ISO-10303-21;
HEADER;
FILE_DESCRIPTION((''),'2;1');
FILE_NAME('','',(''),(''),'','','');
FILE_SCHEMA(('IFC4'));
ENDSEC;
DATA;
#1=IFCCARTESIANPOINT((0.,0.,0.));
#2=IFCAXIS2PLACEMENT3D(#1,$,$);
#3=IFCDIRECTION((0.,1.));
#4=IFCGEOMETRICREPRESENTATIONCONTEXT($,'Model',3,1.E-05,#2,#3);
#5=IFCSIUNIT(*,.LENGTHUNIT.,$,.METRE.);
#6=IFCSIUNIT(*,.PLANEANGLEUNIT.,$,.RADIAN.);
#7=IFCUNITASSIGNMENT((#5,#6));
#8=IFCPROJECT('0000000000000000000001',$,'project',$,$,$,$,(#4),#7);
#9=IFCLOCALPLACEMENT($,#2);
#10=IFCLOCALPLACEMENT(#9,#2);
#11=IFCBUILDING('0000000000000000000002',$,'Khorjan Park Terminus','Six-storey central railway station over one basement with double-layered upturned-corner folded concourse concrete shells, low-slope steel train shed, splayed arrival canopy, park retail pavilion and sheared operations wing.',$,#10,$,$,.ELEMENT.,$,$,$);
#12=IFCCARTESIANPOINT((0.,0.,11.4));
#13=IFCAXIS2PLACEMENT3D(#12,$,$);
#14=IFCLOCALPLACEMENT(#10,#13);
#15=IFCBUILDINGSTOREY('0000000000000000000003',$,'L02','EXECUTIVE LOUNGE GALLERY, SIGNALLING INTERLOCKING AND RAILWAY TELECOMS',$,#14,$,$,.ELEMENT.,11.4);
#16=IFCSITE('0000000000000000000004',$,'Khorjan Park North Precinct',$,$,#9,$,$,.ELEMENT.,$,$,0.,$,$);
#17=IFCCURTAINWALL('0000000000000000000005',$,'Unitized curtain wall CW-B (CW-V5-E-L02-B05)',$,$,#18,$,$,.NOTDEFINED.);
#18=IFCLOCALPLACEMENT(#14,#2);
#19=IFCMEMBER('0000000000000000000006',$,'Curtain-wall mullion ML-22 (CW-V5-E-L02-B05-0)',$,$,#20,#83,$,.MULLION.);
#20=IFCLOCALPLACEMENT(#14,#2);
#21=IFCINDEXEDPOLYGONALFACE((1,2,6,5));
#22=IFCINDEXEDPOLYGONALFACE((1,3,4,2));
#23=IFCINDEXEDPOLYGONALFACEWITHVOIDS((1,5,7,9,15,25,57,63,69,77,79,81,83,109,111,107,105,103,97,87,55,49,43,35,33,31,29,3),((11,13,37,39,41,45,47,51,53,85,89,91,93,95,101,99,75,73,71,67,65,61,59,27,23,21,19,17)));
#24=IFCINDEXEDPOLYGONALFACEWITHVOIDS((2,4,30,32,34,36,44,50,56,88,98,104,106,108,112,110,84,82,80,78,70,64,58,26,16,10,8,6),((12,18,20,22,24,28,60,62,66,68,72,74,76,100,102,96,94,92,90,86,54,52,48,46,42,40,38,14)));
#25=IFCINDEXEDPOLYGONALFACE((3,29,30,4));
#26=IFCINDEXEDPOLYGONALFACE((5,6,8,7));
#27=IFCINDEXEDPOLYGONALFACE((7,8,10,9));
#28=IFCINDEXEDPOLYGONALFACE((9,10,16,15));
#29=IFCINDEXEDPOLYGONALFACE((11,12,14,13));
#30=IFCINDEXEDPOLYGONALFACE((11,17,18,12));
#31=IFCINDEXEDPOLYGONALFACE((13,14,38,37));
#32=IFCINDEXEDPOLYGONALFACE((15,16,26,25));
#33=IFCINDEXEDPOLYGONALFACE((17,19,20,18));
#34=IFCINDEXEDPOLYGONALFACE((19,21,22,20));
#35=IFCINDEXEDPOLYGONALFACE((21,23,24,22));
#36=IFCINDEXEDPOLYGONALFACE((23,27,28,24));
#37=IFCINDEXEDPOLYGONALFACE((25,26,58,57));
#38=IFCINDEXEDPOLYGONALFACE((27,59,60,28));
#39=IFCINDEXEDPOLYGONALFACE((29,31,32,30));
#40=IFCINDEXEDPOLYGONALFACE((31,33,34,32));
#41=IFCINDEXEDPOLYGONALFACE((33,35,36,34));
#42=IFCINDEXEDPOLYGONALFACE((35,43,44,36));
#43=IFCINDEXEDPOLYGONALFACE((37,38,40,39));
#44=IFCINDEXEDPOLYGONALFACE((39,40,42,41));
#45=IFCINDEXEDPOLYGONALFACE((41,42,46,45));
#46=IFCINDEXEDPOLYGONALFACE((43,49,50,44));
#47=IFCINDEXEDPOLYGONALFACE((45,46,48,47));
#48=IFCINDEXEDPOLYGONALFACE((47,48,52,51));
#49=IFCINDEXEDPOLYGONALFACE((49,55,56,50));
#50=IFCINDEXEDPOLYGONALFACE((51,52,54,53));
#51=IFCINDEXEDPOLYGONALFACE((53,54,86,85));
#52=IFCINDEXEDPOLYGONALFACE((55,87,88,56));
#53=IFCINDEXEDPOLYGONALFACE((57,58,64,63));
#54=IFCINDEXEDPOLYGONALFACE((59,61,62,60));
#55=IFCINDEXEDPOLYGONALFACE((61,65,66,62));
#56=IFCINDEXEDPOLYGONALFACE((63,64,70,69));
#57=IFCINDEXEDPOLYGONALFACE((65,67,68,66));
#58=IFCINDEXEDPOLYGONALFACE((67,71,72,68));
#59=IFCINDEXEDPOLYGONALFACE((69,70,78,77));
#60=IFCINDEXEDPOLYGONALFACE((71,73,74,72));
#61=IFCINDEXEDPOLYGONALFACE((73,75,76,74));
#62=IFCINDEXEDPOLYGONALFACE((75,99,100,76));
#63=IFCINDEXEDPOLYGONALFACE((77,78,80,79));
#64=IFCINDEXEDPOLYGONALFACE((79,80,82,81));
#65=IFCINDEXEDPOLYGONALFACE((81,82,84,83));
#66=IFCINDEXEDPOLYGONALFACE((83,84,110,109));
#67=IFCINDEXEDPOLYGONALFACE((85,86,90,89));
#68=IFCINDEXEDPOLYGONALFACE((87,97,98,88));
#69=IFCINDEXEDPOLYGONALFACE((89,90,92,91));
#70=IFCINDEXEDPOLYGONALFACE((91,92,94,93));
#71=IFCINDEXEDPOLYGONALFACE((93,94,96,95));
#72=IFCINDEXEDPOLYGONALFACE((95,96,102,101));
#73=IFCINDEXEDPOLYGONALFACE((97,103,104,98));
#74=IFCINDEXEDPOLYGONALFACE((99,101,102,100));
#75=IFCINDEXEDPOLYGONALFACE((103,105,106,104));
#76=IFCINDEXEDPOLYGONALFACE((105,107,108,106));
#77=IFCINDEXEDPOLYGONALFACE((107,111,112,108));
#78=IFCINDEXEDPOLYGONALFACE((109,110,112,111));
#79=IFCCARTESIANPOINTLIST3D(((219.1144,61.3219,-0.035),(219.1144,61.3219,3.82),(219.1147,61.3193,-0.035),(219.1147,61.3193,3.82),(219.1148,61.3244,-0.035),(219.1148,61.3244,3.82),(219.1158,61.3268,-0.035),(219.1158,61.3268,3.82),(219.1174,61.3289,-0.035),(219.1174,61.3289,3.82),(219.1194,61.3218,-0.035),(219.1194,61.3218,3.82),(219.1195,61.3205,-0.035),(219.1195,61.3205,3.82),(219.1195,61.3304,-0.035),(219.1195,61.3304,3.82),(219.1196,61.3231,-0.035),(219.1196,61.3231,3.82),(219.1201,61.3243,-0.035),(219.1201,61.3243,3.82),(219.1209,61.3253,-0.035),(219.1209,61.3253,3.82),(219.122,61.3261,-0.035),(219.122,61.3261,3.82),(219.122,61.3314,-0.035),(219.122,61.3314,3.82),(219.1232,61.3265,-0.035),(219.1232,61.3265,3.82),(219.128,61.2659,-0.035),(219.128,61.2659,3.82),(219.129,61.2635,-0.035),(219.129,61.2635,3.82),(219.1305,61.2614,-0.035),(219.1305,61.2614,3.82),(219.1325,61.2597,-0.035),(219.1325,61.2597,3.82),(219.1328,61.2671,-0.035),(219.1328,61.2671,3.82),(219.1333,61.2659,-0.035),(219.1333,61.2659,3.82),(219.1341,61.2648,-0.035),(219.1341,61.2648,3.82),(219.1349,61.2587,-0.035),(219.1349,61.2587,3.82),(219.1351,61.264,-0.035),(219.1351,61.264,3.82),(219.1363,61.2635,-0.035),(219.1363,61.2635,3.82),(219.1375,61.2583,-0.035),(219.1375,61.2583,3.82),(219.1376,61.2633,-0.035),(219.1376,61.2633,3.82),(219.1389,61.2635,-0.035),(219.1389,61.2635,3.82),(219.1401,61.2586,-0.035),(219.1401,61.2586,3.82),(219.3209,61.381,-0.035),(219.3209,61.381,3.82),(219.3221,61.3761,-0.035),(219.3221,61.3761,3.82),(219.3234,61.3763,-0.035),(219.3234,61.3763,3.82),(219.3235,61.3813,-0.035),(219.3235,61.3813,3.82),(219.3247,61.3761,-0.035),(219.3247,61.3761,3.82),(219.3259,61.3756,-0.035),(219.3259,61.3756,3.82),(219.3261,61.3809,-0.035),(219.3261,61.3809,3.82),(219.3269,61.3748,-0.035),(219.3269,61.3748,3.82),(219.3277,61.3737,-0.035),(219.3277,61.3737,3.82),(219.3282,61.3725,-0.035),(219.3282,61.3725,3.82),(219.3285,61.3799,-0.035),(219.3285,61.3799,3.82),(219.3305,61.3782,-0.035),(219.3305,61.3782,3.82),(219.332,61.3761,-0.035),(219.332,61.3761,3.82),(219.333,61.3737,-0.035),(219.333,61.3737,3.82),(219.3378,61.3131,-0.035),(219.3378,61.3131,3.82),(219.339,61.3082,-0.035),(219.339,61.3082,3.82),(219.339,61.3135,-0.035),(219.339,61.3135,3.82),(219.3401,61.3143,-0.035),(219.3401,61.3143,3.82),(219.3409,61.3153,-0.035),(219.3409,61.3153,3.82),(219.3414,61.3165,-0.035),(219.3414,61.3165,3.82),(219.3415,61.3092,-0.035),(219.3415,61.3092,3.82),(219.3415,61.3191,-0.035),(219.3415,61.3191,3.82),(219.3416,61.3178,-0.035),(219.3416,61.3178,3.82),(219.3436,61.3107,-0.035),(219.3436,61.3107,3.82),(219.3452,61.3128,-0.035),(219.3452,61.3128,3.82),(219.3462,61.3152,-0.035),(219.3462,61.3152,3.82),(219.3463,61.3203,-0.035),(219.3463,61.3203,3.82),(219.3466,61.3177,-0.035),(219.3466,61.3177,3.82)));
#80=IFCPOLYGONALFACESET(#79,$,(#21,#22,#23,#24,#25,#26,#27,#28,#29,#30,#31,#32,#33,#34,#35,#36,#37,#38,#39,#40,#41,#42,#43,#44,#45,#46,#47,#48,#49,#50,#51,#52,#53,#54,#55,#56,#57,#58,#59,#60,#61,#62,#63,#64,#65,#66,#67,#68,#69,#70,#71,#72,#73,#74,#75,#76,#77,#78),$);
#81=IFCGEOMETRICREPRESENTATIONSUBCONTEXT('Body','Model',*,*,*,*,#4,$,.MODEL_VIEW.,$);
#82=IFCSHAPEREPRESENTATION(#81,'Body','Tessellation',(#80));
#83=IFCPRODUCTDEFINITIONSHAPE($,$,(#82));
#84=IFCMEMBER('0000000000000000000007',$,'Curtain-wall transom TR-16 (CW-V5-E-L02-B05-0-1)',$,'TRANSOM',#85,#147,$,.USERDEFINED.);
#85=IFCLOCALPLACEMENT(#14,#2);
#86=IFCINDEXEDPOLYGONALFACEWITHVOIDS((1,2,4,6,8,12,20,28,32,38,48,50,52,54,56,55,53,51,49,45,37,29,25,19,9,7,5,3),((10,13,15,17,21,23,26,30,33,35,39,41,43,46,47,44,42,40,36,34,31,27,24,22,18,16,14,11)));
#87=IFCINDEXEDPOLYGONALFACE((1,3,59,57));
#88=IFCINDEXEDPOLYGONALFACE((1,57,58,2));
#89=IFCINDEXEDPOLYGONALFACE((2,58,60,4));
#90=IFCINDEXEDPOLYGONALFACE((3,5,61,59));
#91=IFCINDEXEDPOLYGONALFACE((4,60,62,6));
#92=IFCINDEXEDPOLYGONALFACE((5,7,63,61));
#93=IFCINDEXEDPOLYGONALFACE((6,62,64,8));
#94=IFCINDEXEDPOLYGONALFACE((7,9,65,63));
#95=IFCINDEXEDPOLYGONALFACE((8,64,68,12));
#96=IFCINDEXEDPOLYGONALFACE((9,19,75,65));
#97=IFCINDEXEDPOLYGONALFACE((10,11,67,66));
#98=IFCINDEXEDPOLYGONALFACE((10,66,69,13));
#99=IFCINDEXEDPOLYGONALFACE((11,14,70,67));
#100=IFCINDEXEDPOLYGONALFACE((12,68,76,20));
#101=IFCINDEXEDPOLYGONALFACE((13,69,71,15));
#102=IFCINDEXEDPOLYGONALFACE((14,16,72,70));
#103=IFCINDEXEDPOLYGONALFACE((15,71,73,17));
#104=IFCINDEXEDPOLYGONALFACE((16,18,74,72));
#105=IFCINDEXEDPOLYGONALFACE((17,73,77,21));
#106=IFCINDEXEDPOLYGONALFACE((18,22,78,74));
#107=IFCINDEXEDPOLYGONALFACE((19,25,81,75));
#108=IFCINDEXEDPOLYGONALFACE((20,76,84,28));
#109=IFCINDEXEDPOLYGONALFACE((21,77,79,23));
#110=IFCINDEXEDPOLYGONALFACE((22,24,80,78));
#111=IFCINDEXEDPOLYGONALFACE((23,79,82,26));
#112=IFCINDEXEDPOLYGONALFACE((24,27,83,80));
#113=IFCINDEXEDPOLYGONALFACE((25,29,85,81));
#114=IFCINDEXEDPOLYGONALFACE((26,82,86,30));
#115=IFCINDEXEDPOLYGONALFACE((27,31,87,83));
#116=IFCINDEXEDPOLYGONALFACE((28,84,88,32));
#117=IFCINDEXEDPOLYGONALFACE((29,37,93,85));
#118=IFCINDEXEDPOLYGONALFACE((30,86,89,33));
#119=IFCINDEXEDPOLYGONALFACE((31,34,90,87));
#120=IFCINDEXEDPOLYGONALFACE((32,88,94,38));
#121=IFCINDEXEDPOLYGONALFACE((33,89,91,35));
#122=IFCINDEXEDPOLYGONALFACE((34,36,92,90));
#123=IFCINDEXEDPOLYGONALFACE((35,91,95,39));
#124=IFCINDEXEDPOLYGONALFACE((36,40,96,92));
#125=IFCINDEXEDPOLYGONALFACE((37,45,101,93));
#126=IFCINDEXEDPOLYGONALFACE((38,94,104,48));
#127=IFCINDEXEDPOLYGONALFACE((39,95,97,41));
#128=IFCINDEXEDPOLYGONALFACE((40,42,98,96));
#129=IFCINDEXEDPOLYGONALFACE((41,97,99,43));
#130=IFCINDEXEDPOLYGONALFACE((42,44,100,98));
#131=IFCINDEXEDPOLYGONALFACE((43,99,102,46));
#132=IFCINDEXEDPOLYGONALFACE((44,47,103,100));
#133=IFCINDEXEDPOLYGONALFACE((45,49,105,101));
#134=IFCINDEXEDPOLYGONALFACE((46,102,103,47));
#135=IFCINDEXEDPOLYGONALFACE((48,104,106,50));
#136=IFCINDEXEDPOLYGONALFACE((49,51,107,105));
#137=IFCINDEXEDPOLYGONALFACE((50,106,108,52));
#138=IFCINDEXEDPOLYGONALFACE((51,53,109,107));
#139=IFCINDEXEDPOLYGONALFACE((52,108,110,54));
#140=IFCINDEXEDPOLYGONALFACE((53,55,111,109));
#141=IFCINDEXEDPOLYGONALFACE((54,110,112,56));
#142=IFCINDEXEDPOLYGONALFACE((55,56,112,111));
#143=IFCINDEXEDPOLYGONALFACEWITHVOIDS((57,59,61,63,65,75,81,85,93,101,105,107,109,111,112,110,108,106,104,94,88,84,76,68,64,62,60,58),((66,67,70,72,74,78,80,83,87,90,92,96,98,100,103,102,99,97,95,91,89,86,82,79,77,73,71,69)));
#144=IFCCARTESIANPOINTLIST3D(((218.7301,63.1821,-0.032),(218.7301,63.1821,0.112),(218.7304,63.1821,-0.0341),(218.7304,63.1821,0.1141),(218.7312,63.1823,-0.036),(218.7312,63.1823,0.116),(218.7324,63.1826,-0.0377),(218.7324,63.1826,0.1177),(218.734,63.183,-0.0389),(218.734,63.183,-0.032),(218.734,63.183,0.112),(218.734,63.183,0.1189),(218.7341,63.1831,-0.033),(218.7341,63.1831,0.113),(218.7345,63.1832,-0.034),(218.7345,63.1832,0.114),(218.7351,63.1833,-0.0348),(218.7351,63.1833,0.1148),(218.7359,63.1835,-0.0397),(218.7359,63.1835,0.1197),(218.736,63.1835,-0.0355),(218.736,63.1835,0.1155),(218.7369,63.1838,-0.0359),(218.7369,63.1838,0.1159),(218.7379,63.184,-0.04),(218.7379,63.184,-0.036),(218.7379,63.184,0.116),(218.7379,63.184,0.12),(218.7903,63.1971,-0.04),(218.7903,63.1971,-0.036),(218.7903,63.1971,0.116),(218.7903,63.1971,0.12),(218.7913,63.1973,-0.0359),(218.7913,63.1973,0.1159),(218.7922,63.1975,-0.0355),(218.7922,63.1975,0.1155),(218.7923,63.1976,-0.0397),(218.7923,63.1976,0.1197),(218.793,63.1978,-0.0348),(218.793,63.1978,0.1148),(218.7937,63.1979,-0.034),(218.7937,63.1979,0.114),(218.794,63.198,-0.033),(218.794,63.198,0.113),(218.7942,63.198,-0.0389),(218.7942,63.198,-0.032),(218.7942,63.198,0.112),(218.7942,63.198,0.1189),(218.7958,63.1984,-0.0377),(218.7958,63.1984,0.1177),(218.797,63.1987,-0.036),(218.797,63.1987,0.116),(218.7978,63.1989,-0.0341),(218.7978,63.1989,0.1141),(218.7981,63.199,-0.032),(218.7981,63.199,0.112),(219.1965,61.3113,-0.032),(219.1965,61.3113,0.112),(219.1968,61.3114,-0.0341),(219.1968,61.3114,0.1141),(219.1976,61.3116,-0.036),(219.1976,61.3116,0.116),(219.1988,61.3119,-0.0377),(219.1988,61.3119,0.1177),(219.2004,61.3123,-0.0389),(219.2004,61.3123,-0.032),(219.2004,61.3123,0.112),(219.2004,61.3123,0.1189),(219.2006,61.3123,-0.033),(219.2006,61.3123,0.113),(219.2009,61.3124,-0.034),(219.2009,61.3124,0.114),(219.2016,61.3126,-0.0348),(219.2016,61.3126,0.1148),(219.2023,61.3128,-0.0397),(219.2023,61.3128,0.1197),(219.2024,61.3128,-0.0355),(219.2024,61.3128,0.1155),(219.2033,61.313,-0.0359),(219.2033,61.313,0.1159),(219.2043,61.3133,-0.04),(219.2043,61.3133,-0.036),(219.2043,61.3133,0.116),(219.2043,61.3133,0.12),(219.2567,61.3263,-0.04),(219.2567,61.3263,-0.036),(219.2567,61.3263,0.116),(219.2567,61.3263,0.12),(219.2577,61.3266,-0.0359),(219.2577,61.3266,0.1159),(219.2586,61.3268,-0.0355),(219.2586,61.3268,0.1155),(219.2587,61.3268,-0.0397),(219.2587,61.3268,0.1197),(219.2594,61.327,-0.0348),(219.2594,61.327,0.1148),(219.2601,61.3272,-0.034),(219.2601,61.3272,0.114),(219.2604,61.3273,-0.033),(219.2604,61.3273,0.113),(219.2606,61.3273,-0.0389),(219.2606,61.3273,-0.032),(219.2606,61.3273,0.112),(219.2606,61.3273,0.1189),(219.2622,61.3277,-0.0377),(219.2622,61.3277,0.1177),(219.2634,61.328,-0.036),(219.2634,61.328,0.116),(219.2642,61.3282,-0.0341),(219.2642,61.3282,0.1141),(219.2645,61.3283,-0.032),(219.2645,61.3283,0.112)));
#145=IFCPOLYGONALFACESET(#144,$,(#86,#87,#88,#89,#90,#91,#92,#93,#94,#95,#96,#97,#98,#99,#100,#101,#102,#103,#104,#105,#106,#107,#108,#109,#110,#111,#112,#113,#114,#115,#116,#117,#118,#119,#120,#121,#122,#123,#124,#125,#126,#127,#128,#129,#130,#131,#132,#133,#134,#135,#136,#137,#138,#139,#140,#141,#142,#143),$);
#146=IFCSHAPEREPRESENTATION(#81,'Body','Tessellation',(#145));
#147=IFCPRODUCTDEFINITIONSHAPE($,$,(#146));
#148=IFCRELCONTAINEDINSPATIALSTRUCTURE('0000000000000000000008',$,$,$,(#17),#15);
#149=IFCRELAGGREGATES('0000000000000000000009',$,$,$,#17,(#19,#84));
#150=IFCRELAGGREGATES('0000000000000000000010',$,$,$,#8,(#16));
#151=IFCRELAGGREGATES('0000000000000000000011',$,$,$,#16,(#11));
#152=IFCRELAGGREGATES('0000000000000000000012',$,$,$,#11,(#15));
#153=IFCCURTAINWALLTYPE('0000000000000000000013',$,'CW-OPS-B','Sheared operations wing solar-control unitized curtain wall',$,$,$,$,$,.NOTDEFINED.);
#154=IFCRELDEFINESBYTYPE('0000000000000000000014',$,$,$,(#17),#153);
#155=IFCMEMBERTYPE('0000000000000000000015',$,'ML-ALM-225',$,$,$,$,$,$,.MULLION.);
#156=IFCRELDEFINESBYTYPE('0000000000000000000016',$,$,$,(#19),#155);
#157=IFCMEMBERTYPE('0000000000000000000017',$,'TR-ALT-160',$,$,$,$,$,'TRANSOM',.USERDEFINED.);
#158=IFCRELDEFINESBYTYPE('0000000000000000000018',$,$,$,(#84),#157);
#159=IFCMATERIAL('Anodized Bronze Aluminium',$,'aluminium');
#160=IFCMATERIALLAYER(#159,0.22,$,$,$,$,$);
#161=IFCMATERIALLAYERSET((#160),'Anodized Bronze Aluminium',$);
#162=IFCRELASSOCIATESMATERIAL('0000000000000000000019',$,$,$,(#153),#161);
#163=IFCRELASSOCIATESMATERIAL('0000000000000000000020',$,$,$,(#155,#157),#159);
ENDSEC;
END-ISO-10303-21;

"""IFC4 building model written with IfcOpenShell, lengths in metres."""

from ifc_helpers import new_model, si_unit, direction, frame, origin, origin_2d, place, context, subcontext, project, spatial, hollow_rectangle, extrude, material, layer, layer_set, material_profile, profile_set, type_object, element, aggregate, save


model = new_model("IFC4")

# Units and contexts
model_context = context("Model", 3, precision=1e-05, world=origin(), true_north=direction((0.0, 1.0)))
body_context = subcontext(model_context, "Body", "Model", "MODEL_VIEW")
ifc_project = project(units=[si_unit("LENGTHUNIT", "METRE"), si_unit("PLANEANGLEUNIT", "RADIAN")], contexts=[model_context])

# Site, building, storey
site_placement = place(None, origin())
site = spatial("IfcSite", under=ifc_project, at=site_placement, Name="Khorjan Park North Precinct", CompositionType="ELEMENT", RefElevation=0.0)
building_placement = place(site_placement, origin())
building = spatial("IfcBuilding", under=site, at=building_placement, Name="Khorjan Park Terminus", Description="Six-storey central railway station over one basement with double-layered upturned-corner folded concourse concrete shells, low-slope steel train shed, splayed arrival canopy, park retail pavilion and sheared operations wing.", CompositionType="ELEMENT")
storey_placement = place(building_placement, frame((0.0, 0.0, 11.4)))
storey = spatial("IfcBuildingStorey", under=building, at=storey_placement, Name="L02", Description="EXECUTIVE LOUNGE GALLERY, SIGNALLING INTERLOCKING AND RAILWAY TELECOMS", CompositionType="ELEMENT", Elevation=11.4)

# Shared definitions
ifc_material_1 = material(Name="Anodized Bronze Aluminium", Category="aluminium")
ifc_layer_1 = layer(ifc_material_1, 0.22)
ifc_layer_set_1 = layer_set([ifc_layer_1], Name="Anodized Bronze Aluminium")
curtain_wall_type = type_object("IfcCurtainWallType", Name="CW-OPS-B", Description="Sheared operations wing solar-control unitized curtain wall", PredefinedType="NOTDEFINED", material=ifc_layer_set_1)
ifc_material_profile_1 = material_profile(ifc_material_1, hollow_rectangle(XDim=0.075, YDim=0.225, WallThickness=0.005, InnerFilletRadius=0.005, OuterFilletRadius=0.01, at=origin_2d()), Name="ALM 75x225x5")
ifc_profile_set_1 = profile_set([ifc_material_profile_1], Name="Anodized Bronze Aluminium")
member_type_1 = type_object("IfcMemberType", Name="ML-ALM-225", PredefinedType="MULLION", material=ifc_profile_set_1)

# Curtain wall, members
curtain_wall_1_placement = place(storey_placement, origin())
curtain_wall_1 = element("IfcCurtainWall", 1, at=curtain_wall_1_placement, inside=storey, type_object=curtain_wall_type, Name="Unitized curtain wall CW-B (CW-V5-E-L02-B05)", PredefinedType="NOTDEFINED")
member_1_placement = place(storey_placement, frame((219.2305, 61.3198, -0.035), z_axis=(0.0, 0.0, 1.0), x_axis=(-0.241935, 0.970292, 0.0)))
member_1 = element("IfcMember", 2, at=member_1_placement, type_object=member_type_1, Name="Curtain-wall mullion ML-22 (CW-V5-E-L02-B05-0)", PredefinedType="MULLION", context=body_context, shape_type="SweptSolid", body=[
    extrude(hollow_rectangle(XDim=0.075, YDim=0.225, WallThickness=0.005, InnerFilletRadius=0.005, OuterFilletRadius=0.01, at=origin_2d()), origin(), (0.0, 0.0, 1.0), 3.855),
])
ifc_material_profile_2 = material_profile(ifc_material_1, hollow_rectangle(XDim=0.07, YDim=0.16, WallThickness=0.004, InnerFilletRadius=0.004, OuterFilletRadius=0.008, at=origin_2d()), Name="ALT 70x160x4")
ifc_profile_set_2 = profile_set([ifc_material_profile_2], Name="Anodized Bronze Aluminium")
member_type_2 = type_object("IfcMemberType", Name="TR-ALT-160", ElementType="TRANSOM", PredefinedType="USERDEFINED", material=ifc_profile_set_2)
member_2_placement = place(storey_placement, frame((219.2305, 61.3198, 0.04), z_axis=(-0.241913, 0.970298, 0.0), x_axis=(-0.970298, -0.241913, 0.0)))
member_2 = element("IfcMember", 3, at=member_2_placement, type_object=member_type_2, Name="Curtain-wall transom TR-16 (CW-V5-E-L02-B05-0-1)", ObjectType="TRANSOM", PredefinedType="USERDEFINED", context=body_context, shape_type="SweptSolid", body=[
    extrude(hollow_rectangle(XDim=0.07, YDim=0.16, WallThickness=0.004, InnerFilletRadius=0.004, OuterFilletRadius=0.008, at=origin_2d()), origin(), (0.0, 0.0, 1.0), 1.928),
])

aggregate(curtain_wall_1, [member_1, member_2])

save(model, "model.ifc")
